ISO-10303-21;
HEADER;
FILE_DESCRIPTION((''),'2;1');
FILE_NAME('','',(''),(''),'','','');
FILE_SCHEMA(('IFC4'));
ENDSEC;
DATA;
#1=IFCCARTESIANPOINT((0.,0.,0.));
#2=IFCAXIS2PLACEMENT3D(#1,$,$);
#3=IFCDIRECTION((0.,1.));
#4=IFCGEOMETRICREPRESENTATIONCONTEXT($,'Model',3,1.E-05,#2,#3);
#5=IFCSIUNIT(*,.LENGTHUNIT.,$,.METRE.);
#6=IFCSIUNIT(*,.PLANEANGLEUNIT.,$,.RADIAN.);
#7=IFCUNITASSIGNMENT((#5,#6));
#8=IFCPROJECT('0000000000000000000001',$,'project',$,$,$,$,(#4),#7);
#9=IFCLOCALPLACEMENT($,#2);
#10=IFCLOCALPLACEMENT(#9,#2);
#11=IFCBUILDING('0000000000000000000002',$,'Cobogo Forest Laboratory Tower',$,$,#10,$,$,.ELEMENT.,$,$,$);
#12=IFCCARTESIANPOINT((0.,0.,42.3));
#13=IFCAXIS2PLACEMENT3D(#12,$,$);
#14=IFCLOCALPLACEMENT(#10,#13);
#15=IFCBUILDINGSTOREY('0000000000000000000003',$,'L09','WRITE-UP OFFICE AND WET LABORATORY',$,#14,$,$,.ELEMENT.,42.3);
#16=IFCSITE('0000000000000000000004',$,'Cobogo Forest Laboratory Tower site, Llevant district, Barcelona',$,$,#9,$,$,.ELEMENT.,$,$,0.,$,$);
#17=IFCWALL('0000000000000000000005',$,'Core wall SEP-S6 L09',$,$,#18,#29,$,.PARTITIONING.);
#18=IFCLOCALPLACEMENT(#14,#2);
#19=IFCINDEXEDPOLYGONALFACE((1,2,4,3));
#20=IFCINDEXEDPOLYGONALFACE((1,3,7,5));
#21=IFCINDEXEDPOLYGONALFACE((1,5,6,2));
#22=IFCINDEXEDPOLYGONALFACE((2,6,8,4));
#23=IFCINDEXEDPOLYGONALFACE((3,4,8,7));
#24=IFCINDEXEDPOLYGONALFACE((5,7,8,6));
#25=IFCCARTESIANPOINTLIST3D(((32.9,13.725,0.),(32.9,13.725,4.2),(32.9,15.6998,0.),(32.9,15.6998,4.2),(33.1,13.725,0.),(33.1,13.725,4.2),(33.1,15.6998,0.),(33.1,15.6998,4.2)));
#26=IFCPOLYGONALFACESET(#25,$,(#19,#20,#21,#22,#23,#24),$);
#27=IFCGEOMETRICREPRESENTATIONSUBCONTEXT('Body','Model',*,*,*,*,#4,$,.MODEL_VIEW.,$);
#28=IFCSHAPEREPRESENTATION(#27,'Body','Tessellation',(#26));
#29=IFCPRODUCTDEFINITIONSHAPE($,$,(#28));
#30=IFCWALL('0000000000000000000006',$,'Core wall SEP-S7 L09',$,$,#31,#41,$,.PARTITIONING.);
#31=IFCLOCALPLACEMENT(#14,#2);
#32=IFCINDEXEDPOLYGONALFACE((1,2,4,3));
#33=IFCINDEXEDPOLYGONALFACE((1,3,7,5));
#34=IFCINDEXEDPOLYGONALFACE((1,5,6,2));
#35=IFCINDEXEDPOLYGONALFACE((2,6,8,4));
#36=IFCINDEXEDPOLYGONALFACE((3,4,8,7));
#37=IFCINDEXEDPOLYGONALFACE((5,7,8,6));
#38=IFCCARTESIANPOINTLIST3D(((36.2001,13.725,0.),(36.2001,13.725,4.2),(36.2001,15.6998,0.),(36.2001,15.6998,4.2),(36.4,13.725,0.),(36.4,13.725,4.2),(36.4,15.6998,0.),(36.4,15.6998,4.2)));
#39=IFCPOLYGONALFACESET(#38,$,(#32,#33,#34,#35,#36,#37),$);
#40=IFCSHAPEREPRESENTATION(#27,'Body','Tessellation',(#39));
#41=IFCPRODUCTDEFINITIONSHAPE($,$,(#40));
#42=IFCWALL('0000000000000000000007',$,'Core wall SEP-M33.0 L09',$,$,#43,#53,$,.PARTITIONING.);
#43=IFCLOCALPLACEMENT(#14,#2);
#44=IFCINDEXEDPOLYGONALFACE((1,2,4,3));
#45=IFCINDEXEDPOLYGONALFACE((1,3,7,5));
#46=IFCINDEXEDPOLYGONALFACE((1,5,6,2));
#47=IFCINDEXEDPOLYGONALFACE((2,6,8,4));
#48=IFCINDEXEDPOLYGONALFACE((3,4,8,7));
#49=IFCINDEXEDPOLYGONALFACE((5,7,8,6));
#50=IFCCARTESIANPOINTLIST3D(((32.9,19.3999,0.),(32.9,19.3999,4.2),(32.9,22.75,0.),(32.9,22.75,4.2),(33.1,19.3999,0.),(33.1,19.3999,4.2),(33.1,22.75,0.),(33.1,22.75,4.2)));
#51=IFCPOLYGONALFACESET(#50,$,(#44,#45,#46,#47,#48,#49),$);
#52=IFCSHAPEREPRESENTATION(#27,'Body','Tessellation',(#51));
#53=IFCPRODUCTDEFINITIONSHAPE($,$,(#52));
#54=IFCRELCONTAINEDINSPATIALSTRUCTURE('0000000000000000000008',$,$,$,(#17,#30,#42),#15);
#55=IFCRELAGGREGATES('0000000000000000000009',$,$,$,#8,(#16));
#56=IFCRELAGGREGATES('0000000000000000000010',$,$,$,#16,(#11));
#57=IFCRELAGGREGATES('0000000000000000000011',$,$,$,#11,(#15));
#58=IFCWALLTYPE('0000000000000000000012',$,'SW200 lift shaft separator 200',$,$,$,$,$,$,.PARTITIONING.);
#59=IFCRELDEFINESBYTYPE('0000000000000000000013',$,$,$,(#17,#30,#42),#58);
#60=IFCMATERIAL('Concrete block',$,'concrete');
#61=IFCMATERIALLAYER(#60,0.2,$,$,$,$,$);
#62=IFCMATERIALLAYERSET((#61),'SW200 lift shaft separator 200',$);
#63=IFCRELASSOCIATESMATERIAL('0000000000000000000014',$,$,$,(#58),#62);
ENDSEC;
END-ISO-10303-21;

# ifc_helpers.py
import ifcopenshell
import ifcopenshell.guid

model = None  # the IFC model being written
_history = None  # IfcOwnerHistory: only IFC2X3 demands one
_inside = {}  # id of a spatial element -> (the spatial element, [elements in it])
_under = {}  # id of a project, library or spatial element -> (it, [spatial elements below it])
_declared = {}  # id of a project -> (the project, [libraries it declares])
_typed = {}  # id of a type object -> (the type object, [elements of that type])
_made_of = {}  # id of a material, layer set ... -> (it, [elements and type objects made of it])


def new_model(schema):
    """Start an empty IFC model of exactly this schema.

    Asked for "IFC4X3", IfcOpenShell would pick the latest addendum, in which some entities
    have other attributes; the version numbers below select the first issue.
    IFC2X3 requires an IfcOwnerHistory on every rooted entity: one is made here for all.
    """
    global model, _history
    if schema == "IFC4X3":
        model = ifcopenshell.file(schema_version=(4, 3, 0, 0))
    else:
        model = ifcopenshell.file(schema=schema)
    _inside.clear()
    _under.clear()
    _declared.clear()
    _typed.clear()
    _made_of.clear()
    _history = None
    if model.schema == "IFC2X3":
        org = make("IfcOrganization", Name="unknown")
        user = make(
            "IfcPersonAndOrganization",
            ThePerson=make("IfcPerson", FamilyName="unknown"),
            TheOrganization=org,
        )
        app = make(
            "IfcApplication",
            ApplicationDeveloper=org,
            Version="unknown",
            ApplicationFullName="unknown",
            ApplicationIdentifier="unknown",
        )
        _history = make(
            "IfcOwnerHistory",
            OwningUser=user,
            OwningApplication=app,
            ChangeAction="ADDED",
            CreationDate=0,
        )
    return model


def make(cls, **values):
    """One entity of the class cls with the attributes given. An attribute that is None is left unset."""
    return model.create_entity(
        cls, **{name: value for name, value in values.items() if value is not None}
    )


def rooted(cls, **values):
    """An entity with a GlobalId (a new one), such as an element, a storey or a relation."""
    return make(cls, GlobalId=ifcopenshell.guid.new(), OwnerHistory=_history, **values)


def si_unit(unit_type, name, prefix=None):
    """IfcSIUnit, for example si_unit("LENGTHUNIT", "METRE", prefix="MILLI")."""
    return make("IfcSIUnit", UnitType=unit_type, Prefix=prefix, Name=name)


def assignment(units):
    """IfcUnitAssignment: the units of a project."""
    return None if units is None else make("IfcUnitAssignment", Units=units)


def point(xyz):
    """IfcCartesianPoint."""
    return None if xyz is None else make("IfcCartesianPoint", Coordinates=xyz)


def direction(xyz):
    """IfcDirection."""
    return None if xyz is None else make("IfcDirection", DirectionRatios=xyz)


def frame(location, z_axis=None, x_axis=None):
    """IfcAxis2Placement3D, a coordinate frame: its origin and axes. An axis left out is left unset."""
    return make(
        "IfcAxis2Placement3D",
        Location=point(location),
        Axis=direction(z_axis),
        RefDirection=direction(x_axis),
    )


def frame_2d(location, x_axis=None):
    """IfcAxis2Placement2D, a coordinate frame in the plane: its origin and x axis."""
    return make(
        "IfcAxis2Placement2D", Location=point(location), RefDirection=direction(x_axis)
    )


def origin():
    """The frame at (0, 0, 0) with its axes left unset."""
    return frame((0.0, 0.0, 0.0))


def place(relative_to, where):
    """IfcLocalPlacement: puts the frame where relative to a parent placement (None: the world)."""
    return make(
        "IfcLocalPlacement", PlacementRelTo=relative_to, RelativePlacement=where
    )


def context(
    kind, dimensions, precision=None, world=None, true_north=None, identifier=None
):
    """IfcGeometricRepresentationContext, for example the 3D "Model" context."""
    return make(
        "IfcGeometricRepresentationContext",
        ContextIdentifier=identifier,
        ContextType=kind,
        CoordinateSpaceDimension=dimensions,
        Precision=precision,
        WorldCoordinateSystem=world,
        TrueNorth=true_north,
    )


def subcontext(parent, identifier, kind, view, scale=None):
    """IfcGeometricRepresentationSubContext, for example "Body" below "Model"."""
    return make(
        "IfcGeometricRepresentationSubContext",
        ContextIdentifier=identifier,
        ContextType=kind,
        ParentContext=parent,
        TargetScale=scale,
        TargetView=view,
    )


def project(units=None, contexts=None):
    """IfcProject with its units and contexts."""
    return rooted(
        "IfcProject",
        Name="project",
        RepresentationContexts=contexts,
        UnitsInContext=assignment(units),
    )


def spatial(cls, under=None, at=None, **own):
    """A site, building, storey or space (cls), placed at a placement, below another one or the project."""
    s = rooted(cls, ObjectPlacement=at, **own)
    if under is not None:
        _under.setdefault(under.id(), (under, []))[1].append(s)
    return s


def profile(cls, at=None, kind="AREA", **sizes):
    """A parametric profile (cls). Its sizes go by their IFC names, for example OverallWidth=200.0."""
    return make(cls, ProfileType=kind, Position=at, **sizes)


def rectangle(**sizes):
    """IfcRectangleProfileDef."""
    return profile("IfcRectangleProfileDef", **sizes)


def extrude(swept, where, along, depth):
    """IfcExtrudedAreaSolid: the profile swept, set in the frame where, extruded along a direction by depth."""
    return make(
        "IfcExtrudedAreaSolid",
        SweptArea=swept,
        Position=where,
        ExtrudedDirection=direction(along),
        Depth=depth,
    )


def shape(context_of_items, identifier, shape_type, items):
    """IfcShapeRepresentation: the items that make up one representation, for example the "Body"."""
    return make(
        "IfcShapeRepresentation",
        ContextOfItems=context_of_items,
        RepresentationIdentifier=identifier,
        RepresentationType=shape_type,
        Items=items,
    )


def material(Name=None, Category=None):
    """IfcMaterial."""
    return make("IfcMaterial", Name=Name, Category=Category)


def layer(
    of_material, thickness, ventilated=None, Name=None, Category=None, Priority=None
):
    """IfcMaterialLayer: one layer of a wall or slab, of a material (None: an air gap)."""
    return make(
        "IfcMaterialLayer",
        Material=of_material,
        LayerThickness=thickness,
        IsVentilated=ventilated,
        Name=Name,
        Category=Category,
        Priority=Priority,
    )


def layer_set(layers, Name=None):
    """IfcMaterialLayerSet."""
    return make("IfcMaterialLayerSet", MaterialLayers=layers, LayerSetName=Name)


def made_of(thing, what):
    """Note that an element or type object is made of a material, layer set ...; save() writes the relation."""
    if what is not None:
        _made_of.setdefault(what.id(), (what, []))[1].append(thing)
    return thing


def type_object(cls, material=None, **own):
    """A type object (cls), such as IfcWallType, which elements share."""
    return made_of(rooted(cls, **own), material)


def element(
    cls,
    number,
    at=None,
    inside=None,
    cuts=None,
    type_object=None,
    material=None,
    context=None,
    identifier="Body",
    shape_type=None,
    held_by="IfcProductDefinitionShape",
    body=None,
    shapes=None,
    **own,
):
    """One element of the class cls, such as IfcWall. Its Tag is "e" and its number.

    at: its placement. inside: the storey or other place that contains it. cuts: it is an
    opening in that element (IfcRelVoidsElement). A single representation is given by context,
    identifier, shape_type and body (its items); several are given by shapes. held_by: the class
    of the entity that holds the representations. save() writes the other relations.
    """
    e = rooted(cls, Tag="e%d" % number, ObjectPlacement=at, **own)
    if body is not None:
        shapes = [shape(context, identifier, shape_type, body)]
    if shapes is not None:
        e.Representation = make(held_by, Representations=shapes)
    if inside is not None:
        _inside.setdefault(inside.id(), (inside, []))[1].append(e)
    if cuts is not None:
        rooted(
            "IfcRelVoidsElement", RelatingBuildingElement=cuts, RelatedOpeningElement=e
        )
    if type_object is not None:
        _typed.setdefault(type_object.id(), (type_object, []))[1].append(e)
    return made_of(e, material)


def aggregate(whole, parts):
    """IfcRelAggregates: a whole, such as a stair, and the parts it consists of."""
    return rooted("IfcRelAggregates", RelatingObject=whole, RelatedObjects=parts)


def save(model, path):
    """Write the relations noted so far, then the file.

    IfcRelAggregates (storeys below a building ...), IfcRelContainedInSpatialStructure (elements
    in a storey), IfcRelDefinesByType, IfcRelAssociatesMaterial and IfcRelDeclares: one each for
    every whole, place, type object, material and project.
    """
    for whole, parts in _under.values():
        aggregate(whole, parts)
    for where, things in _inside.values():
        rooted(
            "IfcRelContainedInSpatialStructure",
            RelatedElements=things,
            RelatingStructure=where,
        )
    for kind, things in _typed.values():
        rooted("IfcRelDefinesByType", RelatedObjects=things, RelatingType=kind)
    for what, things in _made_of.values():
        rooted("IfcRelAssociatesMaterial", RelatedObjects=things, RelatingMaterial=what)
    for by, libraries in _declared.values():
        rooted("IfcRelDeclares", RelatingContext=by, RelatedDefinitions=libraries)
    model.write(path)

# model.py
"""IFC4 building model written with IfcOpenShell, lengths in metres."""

from ifc_helpers import new_model, si_unit, direction, frame, frame_2d, origin, place, context, subcontext, project, spatial, rectangle, extrude, material, layer, layer_set, type_object, element, save


model = new_model("IFC4")

# Units and contexts
model_context = context("Model", 3, precision=1e-05, world=origin(), true_north=direction((0.0, 1.0)))
body_context = subcontext(model_context, "Body", "Model", "MODEL_VIEW")
ifc_project = project(units=[si_unit("LENGTHUNIT", "METRE"), si_unit("PLANEANGLEUNIT", "RADIAN")], contexts=[model_context])

# Site, building, storey
site_placement = place(None, origin())
site = spatial("IfcSite", under=ifc_project, at=site_placement, Name="Cobogo Forest Laboratory Tower site, Llevant district, Barcelona", CompositionType="ELEMENT", RefElevation=0.0)
building_placement = place(site_placement, origin())
building = spatial("IfcBuilding", under=site, at=building_placement, Name="Cobogo Forest Laboratory Tower", CompositionType="ELEMENT")
storey_placement = place(building_placement, frame((0.0, 0.0, 42.3)))
storey = spatial("IfcBuildingStorey", under=building, at=storey_placement, Name="L09", Description="WRITE-UP OFFICE AND WET LABORATORY", CompositionType="ELEMENT", Elevation=42.3)

# Walls
ifc_material_1 = material(Name="Concrete block", Category="concrete")
ifc_layer_1 = layer(ifc_material_1, 0.2)
ifc_layer_set_1 = layer_set([ifc_layer_1], Name="SW200 lift shaft separator 200")
wall_type_1 = type_object("IfcWallType", Name="SW200 lift shaft separator 200", PredefinedType="PARTITIONING", material=ifc_layer_set_1)
for number, where, z_axis, x_axis, name in (
    (1, (33.0, 13.7251, 0.0), (0.0, 0.0, 1.0), (0.0, 1.0, 0.0), "Core wall SEP-S6 L09"),
    (2, (36.3, 13.7251, 0.0), (0.0, 0.0, 1.0), (0.0, 1.0, 0.0), "Core wall SEP-S7 L09"),
):
    element("IfcWall", number, at=place(storey_placement, frame(where, z_axis=z_axis, x_axis=x_axis)), inside=storey, type_object=wall_type_1, Name=name, PredefinedType="PARTITIONING", context=body_context, shape_type="SweptSolid", body=[
        extrude(rectangle(XDim=1.9749, YDim=0.2, at=frame_2d((0.9873, 0.0))), origin(), (0.0, 0.0, 1.0), 4.2),
    ])
wall_1_placement = place(storey_placement, frame((33.0, 19.3999, 0.0), z_axis=(0.0, 0.0, 1.0), x_axis=(0.0, 1.0, 0.0)))
element("IfcWall", 3, at=wall_1_placement, inside=storey, type_object=wall_type_1, Name="Core wall SEP-M33.0 L09", PredefinedType="PARTITIONING", context=body_context, shape_type="SweptSolid", body=[
    extrude(rectangle(XDim=3.3501, YDim=0.2, at=frame_2d((1.675, 0.0))), origin(), (0.0, 0.0, 1.0), 4.2),
])

save(model, "model.ifc")
